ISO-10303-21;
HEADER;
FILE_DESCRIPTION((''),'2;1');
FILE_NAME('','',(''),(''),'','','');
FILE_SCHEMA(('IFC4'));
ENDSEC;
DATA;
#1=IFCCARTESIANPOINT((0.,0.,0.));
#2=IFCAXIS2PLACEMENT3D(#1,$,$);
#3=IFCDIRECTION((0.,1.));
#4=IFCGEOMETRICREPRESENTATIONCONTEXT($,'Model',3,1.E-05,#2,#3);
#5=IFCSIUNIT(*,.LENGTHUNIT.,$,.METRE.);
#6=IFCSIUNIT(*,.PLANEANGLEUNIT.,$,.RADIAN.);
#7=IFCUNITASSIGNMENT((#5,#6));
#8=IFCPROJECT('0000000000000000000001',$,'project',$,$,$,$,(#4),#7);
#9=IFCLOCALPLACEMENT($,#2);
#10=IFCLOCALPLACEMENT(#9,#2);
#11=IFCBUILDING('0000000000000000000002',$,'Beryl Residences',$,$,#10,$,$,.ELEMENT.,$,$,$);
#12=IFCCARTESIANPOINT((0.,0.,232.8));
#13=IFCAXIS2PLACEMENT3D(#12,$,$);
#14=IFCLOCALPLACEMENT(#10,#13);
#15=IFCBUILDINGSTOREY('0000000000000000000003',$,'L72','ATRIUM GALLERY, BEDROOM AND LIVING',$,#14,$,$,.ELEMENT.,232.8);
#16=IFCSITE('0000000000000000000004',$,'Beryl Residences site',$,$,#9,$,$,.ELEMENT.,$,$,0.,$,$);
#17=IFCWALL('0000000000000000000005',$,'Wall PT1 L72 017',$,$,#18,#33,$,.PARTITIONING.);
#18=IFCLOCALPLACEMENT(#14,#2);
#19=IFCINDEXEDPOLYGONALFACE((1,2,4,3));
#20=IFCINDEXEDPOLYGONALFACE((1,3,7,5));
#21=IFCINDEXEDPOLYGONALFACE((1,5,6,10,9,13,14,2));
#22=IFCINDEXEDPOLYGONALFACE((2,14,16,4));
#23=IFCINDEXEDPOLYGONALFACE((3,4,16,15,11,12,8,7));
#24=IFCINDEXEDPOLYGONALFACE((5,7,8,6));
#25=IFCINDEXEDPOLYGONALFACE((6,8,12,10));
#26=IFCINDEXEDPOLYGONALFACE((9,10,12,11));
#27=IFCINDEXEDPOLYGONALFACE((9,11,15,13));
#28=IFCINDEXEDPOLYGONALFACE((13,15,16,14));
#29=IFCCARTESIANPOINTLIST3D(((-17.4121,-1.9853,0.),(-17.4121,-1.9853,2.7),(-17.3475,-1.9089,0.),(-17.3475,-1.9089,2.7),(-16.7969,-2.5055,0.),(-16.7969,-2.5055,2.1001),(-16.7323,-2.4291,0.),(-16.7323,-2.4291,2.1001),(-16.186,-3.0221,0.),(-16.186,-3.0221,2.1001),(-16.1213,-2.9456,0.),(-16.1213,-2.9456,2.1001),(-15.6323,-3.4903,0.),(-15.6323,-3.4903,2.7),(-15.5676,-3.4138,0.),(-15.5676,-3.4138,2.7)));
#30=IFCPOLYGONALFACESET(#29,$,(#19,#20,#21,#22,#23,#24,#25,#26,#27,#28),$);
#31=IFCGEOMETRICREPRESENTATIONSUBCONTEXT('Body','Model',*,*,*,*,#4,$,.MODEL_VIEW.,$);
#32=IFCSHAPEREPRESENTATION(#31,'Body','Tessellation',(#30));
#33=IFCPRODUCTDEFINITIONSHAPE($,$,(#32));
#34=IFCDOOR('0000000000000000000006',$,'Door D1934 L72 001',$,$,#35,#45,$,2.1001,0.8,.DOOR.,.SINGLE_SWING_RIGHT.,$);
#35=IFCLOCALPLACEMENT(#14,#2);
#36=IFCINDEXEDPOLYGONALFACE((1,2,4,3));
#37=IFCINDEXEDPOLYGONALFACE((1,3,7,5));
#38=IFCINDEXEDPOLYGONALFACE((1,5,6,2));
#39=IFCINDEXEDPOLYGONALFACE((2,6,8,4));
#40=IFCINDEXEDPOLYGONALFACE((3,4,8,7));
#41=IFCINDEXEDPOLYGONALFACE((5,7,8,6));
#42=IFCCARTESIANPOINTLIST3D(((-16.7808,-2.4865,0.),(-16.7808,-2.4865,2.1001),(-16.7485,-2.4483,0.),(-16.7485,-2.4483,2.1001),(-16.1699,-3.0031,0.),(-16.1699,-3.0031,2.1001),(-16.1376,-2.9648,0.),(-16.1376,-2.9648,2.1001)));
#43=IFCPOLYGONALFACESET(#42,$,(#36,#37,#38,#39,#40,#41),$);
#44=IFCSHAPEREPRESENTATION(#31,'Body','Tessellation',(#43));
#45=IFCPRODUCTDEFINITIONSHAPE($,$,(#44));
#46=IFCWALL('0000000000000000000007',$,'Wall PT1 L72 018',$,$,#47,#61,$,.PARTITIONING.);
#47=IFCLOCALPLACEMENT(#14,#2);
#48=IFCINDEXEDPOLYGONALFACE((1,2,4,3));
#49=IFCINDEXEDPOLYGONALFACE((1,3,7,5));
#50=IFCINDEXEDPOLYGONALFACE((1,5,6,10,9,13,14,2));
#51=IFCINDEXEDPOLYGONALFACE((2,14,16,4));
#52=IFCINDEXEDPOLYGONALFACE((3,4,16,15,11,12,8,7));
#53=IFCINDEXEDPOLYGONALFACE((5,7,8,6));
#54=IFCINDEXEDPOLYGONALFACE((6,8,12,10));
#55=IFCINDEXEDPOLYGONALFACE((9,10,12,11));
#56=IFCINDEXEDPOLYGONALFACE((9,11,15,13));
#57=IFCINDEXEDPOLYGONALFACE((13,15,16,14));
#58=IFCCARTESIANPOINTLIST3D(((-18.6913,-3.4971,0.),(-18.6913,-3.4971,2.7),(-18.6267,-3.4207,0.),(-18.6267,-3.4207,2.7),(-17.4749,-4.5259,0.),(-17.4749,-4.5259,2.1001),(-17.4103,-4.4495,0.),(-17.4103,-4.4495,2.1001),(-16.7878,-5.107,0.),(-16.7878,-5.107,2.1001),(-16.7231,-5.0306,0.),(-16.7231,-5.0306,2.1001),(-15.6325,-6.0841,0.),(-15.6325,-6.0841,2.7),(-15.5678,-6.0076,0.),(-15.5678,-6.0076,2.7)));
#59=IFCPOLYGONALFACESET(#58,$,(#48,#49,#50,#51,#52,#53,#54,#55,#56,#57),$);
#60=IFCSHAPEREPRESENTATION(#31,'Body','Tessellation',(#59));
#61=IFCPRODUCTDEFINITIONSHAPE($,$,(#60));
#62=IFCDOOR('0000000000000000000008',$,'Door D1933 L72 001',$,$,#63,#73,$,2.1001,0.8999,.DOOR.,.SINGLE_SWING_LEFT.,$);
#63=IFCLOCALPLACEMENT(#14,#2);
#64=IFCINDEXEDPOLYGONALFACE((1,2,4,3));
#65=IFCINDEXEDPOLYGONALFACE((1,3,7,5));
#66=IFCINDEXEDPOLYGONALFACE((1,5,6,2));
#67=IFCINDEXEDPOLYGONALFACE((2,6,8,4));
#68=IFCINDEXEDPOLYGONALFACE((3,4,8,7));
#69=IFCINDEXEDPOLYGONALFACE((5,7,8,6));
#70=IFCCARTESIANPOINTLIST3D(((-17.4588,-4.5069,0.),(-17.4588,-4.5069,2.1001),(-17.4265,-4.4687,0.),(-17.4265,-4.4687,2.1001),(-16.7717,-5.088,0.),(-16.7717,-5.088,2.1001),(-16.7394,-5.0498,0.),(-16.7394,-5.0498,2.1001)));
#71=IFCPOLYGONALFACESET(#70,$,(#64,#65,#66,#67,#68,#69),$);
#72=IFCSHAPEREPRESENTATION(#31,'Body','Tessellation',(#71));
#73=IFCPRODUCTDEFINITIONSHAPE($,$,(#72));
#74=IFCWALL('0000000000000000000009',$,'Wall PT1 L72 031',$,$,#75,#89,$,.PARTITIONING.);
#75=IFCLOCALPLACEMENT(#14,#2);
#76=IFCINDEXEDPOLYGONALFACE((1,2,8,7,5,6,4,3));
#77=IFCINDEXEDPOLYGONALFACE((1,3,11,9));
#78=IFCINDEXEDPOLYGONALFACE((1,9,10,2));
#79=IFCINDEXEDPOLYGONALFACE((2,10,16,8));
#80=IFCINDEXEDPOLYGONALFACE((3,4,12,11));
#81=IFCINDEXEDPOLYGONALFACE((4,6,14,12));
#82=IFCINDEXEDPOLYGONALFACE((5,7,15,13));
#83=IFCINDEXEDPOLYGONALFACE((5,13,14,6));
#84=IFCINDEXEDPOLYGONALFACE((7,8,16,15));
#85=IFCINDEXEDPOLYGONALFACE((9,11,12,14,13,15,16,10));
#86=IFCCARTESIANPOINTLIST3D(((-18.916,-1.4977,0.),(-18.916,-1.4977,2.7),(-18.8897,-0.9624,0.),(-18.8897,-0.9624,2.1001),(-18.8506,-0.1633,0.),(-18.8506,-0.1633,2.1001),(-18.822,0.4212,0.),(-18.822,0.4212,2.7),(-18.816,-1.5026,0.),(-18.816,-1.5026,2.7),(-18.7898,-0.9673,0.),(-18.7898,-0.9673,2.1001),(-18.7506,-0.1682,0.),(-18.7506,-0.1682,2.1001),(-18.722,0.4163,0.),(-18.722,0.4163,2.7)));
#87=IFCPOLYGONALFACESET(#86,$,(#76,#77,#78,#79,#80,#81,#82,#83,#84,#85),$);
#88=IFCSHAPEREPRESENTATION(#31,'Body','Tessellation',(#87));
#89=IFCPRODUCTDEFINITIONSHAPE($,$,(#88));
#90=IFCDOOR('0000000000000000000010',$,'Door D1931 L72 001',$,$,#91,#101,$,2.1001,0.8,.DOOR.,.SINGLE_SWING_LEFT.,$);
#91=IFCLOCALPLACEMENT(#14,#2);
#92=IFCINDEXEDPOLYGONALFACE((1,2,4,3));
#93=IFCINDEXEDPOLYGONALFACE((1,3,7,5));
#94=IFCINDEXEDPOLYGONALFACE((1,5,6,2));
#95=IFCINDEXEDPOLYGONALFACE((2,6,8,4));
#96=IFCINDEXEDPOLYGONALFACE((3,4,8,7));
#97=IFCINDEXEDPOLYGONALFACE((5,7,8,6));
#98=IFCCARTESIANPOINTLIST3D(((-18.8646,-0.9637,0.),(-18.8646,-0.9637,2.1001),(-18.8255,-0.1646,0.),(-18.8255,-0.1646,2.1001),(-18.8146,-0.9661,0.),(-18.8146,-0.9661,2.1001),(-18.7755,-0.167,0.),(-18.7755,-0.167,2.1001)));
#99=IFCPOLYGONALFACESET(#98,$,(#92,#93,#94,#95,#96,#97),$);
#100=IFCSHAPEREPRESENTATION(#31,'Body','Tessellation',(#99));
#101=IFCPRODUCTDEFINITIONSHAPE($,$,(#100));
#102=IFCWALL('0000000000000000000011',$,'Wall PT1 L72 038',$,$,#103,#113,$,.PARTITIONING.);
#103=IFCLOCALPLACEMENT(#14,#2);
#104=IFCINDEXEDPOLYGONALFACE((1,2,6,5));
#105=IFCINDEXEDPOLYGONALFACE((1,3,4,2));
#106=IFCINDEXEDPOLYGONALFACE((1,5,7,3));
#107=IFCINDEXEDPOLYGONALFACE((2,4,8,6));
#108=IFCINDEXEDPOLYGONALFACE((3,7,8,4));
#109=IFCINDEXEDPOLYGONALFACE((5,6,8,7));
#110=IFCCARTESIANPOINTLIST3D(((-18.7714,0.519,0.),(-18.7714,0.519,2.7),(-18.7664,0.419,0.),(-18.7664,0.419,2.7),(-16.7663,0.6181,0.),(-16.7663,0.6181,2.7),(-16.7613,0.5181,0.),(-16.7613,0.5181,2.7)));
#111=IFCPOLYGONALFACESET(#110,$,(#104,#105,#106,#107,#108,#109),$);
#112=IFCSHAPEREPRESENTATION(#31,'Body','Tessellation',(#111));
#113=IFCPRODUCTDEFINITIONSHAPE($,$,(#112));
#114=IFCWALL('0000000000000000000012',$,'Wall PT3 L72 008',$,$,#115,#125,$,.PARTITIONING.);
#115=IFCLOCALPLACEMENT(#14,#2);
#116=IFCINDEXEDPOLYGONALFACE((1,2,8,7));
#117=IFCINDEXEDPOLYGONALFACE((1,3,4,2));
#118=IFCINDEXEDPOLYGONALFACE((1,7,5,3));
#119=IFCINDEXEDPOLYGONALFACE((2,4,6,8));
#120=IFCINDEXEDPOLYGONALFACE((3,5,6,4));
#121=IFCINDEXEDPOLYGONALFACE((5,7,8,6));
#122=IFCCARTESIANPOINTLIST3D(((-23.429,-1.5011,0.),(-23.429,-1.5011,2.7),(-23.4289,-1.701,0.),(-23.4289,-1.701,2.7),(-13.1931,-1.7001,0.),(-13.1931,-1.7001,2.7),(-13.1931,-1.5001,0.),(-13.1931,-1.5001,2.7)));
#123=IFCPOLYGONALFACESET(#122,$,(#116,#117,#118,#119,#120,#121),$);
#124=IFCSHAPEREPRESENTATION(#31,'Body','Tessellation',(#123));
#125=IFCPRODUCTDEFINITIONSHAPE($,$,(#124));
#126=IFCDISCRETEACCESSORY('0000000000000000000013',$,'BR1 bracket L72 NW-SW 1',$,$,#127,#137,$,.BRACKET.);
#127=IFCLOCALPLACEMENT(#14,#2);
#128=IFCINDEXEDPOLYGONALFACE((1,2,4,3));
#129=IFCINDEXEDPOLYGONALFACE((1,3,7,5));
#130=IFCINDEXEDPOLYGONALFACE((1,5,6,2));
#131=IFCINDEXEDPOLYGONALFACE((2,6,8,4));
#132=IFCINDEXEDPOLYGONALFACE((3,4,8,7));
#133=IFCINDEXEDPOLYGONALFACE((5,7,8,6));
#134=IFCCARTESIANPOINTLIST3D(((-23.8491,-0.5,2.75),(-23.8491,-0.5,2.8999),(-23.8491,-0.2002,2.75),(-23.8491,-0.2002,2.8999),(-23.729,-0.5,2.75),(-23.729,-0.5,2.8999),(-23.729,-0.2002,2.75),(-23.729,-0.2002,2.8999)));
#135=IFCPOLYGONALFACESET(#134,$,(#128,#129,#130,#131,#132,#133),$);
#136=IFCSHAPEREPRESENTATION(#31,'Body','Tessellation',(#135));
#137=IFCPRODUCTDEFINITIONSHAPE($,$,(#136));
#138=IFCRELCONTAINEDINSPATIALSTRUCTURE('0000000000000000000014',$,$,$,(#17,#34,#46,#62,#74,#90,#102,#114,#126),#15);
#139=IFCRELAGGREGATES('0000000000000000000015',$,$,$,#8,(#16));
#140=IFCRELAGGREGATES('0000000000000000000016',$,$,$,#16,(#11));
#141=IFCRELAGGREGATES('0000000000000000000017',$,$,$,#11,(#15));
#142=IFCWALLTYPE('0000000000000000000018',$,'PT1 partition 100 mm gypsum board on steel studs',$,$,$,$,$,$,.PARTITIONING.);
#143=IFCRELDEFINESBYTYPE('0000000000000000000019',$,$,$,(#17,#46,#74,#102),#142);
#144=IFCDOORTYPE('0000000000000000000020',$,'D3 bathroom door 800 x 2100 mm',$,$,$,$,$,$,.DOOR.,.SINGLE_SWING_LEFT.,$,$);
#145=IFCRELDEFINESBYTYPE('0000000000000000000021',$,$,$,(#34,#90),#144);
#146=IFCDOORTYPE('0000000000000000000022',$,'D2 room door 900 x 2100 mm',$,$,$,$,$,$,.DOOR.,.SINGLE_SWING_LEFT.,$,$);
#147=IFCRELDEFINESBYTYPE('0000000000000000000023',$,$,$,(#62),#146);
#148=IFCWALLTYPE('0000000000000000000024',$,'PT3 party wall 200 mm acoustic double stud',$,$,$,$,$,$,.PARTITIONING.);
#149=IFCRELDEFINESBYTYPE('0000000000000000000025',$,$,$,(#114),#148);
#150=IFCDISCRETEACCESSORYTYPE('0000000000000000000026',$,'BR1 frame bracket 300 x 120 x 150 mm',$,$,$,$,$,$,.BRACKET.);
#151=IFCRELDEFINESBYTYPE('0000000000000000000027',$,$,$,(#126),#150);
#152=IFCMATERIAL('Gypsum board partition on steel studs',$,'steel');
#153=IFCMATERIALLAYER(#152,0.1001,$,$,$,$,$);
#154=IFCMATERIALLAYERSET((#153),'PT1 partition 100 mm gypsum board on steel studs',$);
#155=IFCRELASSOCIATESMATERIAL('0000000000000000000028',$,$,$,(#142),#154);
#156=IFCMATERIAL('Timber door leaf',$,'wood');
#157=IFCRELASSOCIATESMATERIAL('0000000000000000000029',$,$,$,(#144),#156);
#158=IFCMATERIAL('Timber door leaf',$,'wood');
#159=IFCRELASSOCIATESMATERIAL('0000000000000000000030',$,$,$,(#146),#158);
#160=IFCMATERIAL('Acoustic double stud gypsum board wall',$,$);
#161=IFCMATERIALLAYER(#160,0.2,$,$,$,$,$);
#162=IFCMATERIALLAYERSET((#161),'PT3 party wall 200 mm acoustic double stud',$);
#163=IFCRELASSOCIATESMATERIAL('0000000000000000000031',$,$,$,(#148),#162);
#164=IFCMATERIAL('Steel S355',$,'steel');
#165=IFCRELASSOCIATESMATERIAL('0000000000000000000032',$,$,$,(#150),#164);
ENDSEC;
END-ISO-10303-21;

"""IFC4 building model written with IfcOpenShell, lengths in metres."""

from ifc_helpers import new_model, si_unit, direction, frame, frame_2d, origin, place, context, subcontext, project, spatial, polyline, rectangle, outline, extrude, source, transform, mapped, material, layer, layer_set, type_object, type_shapes, element, fill, save


model = new_model("IFC4")

# Units and contexts
model_context = context("Model", 3, precision=1e-05, world=origin(), true_north=direction((0.0, 1.0)))
body_context = subcontext(model_context, "Body", "Model", "MODEL_VIEW")
ifc_project = project(units=[si_unit("LENGTHUNIT", "METRE"), si_unit("PLANEANGLEUNIT", "RADIAN")], contexts=[model_context])

# Site, building, storey
site_placement = place(None, origin())
site = spatial("IfcSite", under=ifc_project, at=site_placement, Name="Beryl Residences site", CompositionType="ELEMENT", RefElevation=0.0)
building_placement = place(site_placement, origin())
building = spatial("IfcBuilding", under=site, at=building_placement, Name="Beryl Residences", CompositionType="ELEMENT")
storey_placement = place(building_placement, frame((0.0, 0.0, 232.8)))
storey = spatial("IfcBuildingStorey", under=building, at=storey_placement, Name="L72", Description="ATRIUM GALLERY, BEDROOM AND LIVING", CompositionType="ELEMENT", Elevation=232.8)

# Walls, openings, doors
ifc_material_1 = material(Name="Gypsum board partition on steel studs", Category="steel")
ifc_layer_1 = layer(ifc_material_1, 0.1001)
ifc_layer_set_1 = layer_set([ifc_layer_1], Name="PT1 partition 100 mm gypsum board on steel studs")
wall_type_1 = type_object("IfcWallType", Name="PT1 partition 100 mm gypsum board on steel studs", PredefinedType="PARTITIONING", material=ifc_layer_set_1)
wall_1_placement = place(storey_placement, frame((-17.3799, -1.947, 0.0), z_axis=(0.0, 0.0, 1.0), x_axis=(0.763617, -0.64567, 0.0)))
wall_1 = element("IfcWall", 1, at=wall_1_placement, inside=storey, type_object=wall_type_1, Name="Wall PT1 L72 017", PredefinedType="PARTITIONING", context=body_context, shape_type="SweptSolid", body=[
    extrude(rectangle(XDim=2.3308, YDim=0.1001, at=frame_2d((1.1655, 0.0))), origin(), (0.0, 0.0, 1.0), 2.7),
])
opening_1_placement = place(wall_1_placement, frame((0.8059, 0.0, 0.0)))
opening_1 = element("IfcOpeningElement", 2, at=opening_1_placement, cuts=wall_1, PredefinedType="OPENING", context=body_context, shape_type="SweptSolid", body=[
    extrude(rectangle(XDim=0.8, YDim=2.1001, at=frame_2d((0.3999, 1.05))), frame((0.0, 0.0601, 0.0), z_axis=(0.0, -1.0, 0.0), x_axis=(1.0, 0.0, 0.0)), (0.0, 0.0, 1.0), 0.1201),
])
ifc_material_2 = material(Name="Timber door leaf", Category="wood")
door_type_1 = type_object("IfcDoorType", Name="D3 bathroom door 800 x 2100 mm", OperationType="SINGLE_SWING_LEFT", PredefinedType="DOOR", material=ifc_material_2)
door_1_placement = place(opening_1_placement, origin())
door_1 = element("IfcDoor", 3, at=door_1_placement, inside=storey, type_object=door_type_1, Name="Door D1934 L72 001", OperationType="SINGLE_SWING_RIGHT", OverallHeight=2.1001, OverallWidth=0.8, PredefinedType="DOOR", context=body_context, shape_type="SweptSolid", body=[
    extrude(rectangle(XDim=0.8, YDim=2.1001, at=frame_2d((0.3999, 1.05))), frame((0.0, 0.0249, 0.0), z_axis=(0.0, -1.0, 0.0), x_axis=(1.0, 0.0, 0.0)), (0.0, 0.0, 1.0), 0.05),
])
fill(opening_1, door_1)
wall_2_placement = place(storey_placement, frame((-18.6589, -3.459, 0.0), z_axis=(0.0, 0.0, 1.0), x_axis=(0.76355, -0.645748, 0.0)))
wall_2 = element("IfcWall", 4, at=wall_2_placement, inside=storey, type_object=wall_type_1, Name="Wall PT1 L72 018", PredefinedType="PARTITIONING", context=body_context, shape_type="SweptSolid", body=[
    extrude(rectangle(XDim=4.0061, YDim=0.1001, at=frame_2d((2.0029, 0.0))), origin(), (0.0, 0.0, 1.0), 2.7),
])
opening_2_placement = place(wall_2_placement, frame((1.593, 0.0, 0.0)))
opening_2 = element("IfcOpeningElement", 5, at=opening_2_placement, cuts=wall_2, PredefinedType="OPENING", context=body_context, shape_type="SweptSolid", body=[
    extrude(rectangle(XDim=0.8999, YDim=2.1001, at=frame_2d((0.45, 1.05))), frame((0.0, 0.0601, 0.0), z_axis=(0.0, -1.0, 0.0), x_axis=(1.0, 0.0, 0.0)), (0.0, 0.0, 1.0), 0.1201),
])
ifc_material_3 = material(Name="Timber door leaf", Category="wood")
door_type_2 = type_object("IfcDoorType", Name="D2 room door 900 x 2100 mm", OperationType="SINGLE_SWING_LEFT", PredefinedType="DOOR", material=ifc_material_3)
door_2_placement = place(opening_2_placement, origin())
door_2 = element("IfcDoor", 6, at=door_2_placement, inside=storey, type_object=door_type_2, Name="Door D1933 L72 001", OperationType="SINGLE_SWING_LEFT", OverallHeight=2.1001, OverallWidth=0.8999, PredefinedType="DOOR", context=body_context, shape_type="SweptSolid", body=[
    extrude(rectangle(XDim=0.8999, YDim=2.1001, at=frame_2d((0.45, 1.05))), frame((0.0, 0.0249, 0.0), z_axis=(0.0, -1.0, 0.0), x_axis=(1.0, 0.0, 0.0)), (0.0, 0.0, 1.0), 0.05),
])
fill(opening_2, door_2)
wall_3_placement = place(storey_placement, frame((-18.866, -1.5, 0.0), z_axis=(0.0, 0.0, 1.0), x_axis=(0.048924, 0.998803, 0.0)))
wall_3 = element("IfcWall", 7, at=wall_3_placement, inside=storey, type_object=wall_type_1, Name="Wall PT1 L72 031", PredefinedType="PARTITIONING", context=body_context, shape_type="SweptSolid", body=[
    extrude(rectangle(XDim=1.9211, YDim=0.1001, at=frame_2d((0.9604, 0.0))), origin(), (0.0, 0.0, 1.0), 2.7),
])
opening_3_placement = place(wall_3_placement, frame((0.5359, 0.0, 0.0)))
opening_3 = element("IfcOpeningElement", 8, at=opening_3_placement, cuts=wall_3, PredefinedType="OPENING", context=body_context, shape_type="SweptSolid", body=[
    extrude(rectangle(XDim=0.8, YDim=2.1001, at=frame_2d((0.3999, 1.05))), frame((0.0, 0.0601, 0.0), z_axis=(0.0, -1.0, 0.0), x_axis=(1.0, 0.0, 0.0)), (0.0, 0.0, 1.0), 0.1201),
])
door_3_placement = place(opening_3_placement, origin())
door_3 = element("IfcDoor", 9, at=door_3_placement, inside=storey, type_object=door_type_1, Name="Door D1931 L72 001", OperationType="SINGLE_SWING_LEFT", OverallHeight=2.1001, OverallWidth=0.8, PredefinedType="DOOR", context=body_context, shape_type="SweptSolid", body=[
    extrude(rectangle(XDim=0.8, YDim=2.1001, at=frame_2d((0.3999, 1.05))), frame((0.0, 0.0249, 0.0), z_axis=(0.0, -1.0, 0.0), x_axis=(1.0, 0.0, 0.0)), (0.0, 0.0, 1.0), 0.05),
])
fill(opening_3, door_3)

# Walls
wall_4_placement = place(storey_placement, frame((-18.769, 0.469, 0.0), z_axis=(0.0, 0.0, 1.0), x_axis=(0.99878, 0.049374, 0.0)))
element("IfcWall", 10, at=wall_4_placement, inside=storey, type_object=wall_type_1, Name="Wall PT1 L72 038", PredefinedType="PARTITIONING", context=body_context, shape_type="SweptSolid", body=[
    extrude(rectangle(XDim=2.0076, YDim=0.1001, at=frame_2d((1.0039, 0.0))), origin(), (0.0, 0.0, 1.0), 2.7),
])
ifc_material_4 = material(Name="Acoustic double stud gypsum board wall")
ifc_layer_2 = layer(ifc_material_4, 0.2)
ifc_layer_set_2 = layer_set([ifc_layer_2], Name="PT3 party wall 200 mm acoustic double stud")
wall_type_2 = type_object("IfcWallType", Name="PT3 party wall 200 mm acoustic double stud", PredefinedType="PARTITIONING", material=ifc_layer_set_2)
wall_5_placement = place(storey_placement, frame((-23.429, -1.6011, 0.0), z_axis=(0.0, 0.0, 1.0), x_axis=(1.0, 0.000095, 0.0)))
element("IfcWall", 11, at=wall_5_placement, inside=storey, type_object=wall_type_2, Name="Wall PT3 L72 008", PredefinedType="PARTITIONING", context=body_context, shape_type="SweptSolid", body=[
    extrude(rectangle(XDim=10.2358, YDim=0.2, at=frame_2d((5.1179, 0.0))), origin(), (0.0, 0.0, 1.0), 2.7),
])

# Discrete accessory
ifc_material_5 = material(Name="Steel S355", Category="steel")
discrete_accessory_type = type_object("IfcDiscreteAccessoryType", Name="BR1 frame bracket 300 x 120 x 150 mm", PredefinedType="BRACKET", material=ifc_material_5)
shared_shape_1 = source(origin(), body_context, "Body", "SweptSolid", [
    extrude(outline(polyline([(-0.1499, 0.0), (0.1499, 0.0), (0.1499, 0.1201), (-0.1499, 0.1201), (-0.1499, 0.0)])), origin(), (0.0, 0.0, 1.0), 0.1499),
])
type_shapes(discrete_accessory_type, [shared_shape_1])
discrete_accessory_placement = place(storey_placement, frame((-23.729, -0.3501, 2.75), z_axis=(0.0, 0.0, 1.0), x_axis=(0.0, 1.0, 0.0)))
element("IfcDiscreteAccessory", 12, at=discrete_accessory_placement, inside=storey, type_object=discrete_accessory_type, Name="BR1 bracket L72 NW-SW 1", PredefinedType="BRACKET", context=body_context, shape_type="MappedRepresentation", body=[
    mapped(shared_shape_1, transform((0.0, 0.0, 0.0))),
])

save(model, "model.ifc")
